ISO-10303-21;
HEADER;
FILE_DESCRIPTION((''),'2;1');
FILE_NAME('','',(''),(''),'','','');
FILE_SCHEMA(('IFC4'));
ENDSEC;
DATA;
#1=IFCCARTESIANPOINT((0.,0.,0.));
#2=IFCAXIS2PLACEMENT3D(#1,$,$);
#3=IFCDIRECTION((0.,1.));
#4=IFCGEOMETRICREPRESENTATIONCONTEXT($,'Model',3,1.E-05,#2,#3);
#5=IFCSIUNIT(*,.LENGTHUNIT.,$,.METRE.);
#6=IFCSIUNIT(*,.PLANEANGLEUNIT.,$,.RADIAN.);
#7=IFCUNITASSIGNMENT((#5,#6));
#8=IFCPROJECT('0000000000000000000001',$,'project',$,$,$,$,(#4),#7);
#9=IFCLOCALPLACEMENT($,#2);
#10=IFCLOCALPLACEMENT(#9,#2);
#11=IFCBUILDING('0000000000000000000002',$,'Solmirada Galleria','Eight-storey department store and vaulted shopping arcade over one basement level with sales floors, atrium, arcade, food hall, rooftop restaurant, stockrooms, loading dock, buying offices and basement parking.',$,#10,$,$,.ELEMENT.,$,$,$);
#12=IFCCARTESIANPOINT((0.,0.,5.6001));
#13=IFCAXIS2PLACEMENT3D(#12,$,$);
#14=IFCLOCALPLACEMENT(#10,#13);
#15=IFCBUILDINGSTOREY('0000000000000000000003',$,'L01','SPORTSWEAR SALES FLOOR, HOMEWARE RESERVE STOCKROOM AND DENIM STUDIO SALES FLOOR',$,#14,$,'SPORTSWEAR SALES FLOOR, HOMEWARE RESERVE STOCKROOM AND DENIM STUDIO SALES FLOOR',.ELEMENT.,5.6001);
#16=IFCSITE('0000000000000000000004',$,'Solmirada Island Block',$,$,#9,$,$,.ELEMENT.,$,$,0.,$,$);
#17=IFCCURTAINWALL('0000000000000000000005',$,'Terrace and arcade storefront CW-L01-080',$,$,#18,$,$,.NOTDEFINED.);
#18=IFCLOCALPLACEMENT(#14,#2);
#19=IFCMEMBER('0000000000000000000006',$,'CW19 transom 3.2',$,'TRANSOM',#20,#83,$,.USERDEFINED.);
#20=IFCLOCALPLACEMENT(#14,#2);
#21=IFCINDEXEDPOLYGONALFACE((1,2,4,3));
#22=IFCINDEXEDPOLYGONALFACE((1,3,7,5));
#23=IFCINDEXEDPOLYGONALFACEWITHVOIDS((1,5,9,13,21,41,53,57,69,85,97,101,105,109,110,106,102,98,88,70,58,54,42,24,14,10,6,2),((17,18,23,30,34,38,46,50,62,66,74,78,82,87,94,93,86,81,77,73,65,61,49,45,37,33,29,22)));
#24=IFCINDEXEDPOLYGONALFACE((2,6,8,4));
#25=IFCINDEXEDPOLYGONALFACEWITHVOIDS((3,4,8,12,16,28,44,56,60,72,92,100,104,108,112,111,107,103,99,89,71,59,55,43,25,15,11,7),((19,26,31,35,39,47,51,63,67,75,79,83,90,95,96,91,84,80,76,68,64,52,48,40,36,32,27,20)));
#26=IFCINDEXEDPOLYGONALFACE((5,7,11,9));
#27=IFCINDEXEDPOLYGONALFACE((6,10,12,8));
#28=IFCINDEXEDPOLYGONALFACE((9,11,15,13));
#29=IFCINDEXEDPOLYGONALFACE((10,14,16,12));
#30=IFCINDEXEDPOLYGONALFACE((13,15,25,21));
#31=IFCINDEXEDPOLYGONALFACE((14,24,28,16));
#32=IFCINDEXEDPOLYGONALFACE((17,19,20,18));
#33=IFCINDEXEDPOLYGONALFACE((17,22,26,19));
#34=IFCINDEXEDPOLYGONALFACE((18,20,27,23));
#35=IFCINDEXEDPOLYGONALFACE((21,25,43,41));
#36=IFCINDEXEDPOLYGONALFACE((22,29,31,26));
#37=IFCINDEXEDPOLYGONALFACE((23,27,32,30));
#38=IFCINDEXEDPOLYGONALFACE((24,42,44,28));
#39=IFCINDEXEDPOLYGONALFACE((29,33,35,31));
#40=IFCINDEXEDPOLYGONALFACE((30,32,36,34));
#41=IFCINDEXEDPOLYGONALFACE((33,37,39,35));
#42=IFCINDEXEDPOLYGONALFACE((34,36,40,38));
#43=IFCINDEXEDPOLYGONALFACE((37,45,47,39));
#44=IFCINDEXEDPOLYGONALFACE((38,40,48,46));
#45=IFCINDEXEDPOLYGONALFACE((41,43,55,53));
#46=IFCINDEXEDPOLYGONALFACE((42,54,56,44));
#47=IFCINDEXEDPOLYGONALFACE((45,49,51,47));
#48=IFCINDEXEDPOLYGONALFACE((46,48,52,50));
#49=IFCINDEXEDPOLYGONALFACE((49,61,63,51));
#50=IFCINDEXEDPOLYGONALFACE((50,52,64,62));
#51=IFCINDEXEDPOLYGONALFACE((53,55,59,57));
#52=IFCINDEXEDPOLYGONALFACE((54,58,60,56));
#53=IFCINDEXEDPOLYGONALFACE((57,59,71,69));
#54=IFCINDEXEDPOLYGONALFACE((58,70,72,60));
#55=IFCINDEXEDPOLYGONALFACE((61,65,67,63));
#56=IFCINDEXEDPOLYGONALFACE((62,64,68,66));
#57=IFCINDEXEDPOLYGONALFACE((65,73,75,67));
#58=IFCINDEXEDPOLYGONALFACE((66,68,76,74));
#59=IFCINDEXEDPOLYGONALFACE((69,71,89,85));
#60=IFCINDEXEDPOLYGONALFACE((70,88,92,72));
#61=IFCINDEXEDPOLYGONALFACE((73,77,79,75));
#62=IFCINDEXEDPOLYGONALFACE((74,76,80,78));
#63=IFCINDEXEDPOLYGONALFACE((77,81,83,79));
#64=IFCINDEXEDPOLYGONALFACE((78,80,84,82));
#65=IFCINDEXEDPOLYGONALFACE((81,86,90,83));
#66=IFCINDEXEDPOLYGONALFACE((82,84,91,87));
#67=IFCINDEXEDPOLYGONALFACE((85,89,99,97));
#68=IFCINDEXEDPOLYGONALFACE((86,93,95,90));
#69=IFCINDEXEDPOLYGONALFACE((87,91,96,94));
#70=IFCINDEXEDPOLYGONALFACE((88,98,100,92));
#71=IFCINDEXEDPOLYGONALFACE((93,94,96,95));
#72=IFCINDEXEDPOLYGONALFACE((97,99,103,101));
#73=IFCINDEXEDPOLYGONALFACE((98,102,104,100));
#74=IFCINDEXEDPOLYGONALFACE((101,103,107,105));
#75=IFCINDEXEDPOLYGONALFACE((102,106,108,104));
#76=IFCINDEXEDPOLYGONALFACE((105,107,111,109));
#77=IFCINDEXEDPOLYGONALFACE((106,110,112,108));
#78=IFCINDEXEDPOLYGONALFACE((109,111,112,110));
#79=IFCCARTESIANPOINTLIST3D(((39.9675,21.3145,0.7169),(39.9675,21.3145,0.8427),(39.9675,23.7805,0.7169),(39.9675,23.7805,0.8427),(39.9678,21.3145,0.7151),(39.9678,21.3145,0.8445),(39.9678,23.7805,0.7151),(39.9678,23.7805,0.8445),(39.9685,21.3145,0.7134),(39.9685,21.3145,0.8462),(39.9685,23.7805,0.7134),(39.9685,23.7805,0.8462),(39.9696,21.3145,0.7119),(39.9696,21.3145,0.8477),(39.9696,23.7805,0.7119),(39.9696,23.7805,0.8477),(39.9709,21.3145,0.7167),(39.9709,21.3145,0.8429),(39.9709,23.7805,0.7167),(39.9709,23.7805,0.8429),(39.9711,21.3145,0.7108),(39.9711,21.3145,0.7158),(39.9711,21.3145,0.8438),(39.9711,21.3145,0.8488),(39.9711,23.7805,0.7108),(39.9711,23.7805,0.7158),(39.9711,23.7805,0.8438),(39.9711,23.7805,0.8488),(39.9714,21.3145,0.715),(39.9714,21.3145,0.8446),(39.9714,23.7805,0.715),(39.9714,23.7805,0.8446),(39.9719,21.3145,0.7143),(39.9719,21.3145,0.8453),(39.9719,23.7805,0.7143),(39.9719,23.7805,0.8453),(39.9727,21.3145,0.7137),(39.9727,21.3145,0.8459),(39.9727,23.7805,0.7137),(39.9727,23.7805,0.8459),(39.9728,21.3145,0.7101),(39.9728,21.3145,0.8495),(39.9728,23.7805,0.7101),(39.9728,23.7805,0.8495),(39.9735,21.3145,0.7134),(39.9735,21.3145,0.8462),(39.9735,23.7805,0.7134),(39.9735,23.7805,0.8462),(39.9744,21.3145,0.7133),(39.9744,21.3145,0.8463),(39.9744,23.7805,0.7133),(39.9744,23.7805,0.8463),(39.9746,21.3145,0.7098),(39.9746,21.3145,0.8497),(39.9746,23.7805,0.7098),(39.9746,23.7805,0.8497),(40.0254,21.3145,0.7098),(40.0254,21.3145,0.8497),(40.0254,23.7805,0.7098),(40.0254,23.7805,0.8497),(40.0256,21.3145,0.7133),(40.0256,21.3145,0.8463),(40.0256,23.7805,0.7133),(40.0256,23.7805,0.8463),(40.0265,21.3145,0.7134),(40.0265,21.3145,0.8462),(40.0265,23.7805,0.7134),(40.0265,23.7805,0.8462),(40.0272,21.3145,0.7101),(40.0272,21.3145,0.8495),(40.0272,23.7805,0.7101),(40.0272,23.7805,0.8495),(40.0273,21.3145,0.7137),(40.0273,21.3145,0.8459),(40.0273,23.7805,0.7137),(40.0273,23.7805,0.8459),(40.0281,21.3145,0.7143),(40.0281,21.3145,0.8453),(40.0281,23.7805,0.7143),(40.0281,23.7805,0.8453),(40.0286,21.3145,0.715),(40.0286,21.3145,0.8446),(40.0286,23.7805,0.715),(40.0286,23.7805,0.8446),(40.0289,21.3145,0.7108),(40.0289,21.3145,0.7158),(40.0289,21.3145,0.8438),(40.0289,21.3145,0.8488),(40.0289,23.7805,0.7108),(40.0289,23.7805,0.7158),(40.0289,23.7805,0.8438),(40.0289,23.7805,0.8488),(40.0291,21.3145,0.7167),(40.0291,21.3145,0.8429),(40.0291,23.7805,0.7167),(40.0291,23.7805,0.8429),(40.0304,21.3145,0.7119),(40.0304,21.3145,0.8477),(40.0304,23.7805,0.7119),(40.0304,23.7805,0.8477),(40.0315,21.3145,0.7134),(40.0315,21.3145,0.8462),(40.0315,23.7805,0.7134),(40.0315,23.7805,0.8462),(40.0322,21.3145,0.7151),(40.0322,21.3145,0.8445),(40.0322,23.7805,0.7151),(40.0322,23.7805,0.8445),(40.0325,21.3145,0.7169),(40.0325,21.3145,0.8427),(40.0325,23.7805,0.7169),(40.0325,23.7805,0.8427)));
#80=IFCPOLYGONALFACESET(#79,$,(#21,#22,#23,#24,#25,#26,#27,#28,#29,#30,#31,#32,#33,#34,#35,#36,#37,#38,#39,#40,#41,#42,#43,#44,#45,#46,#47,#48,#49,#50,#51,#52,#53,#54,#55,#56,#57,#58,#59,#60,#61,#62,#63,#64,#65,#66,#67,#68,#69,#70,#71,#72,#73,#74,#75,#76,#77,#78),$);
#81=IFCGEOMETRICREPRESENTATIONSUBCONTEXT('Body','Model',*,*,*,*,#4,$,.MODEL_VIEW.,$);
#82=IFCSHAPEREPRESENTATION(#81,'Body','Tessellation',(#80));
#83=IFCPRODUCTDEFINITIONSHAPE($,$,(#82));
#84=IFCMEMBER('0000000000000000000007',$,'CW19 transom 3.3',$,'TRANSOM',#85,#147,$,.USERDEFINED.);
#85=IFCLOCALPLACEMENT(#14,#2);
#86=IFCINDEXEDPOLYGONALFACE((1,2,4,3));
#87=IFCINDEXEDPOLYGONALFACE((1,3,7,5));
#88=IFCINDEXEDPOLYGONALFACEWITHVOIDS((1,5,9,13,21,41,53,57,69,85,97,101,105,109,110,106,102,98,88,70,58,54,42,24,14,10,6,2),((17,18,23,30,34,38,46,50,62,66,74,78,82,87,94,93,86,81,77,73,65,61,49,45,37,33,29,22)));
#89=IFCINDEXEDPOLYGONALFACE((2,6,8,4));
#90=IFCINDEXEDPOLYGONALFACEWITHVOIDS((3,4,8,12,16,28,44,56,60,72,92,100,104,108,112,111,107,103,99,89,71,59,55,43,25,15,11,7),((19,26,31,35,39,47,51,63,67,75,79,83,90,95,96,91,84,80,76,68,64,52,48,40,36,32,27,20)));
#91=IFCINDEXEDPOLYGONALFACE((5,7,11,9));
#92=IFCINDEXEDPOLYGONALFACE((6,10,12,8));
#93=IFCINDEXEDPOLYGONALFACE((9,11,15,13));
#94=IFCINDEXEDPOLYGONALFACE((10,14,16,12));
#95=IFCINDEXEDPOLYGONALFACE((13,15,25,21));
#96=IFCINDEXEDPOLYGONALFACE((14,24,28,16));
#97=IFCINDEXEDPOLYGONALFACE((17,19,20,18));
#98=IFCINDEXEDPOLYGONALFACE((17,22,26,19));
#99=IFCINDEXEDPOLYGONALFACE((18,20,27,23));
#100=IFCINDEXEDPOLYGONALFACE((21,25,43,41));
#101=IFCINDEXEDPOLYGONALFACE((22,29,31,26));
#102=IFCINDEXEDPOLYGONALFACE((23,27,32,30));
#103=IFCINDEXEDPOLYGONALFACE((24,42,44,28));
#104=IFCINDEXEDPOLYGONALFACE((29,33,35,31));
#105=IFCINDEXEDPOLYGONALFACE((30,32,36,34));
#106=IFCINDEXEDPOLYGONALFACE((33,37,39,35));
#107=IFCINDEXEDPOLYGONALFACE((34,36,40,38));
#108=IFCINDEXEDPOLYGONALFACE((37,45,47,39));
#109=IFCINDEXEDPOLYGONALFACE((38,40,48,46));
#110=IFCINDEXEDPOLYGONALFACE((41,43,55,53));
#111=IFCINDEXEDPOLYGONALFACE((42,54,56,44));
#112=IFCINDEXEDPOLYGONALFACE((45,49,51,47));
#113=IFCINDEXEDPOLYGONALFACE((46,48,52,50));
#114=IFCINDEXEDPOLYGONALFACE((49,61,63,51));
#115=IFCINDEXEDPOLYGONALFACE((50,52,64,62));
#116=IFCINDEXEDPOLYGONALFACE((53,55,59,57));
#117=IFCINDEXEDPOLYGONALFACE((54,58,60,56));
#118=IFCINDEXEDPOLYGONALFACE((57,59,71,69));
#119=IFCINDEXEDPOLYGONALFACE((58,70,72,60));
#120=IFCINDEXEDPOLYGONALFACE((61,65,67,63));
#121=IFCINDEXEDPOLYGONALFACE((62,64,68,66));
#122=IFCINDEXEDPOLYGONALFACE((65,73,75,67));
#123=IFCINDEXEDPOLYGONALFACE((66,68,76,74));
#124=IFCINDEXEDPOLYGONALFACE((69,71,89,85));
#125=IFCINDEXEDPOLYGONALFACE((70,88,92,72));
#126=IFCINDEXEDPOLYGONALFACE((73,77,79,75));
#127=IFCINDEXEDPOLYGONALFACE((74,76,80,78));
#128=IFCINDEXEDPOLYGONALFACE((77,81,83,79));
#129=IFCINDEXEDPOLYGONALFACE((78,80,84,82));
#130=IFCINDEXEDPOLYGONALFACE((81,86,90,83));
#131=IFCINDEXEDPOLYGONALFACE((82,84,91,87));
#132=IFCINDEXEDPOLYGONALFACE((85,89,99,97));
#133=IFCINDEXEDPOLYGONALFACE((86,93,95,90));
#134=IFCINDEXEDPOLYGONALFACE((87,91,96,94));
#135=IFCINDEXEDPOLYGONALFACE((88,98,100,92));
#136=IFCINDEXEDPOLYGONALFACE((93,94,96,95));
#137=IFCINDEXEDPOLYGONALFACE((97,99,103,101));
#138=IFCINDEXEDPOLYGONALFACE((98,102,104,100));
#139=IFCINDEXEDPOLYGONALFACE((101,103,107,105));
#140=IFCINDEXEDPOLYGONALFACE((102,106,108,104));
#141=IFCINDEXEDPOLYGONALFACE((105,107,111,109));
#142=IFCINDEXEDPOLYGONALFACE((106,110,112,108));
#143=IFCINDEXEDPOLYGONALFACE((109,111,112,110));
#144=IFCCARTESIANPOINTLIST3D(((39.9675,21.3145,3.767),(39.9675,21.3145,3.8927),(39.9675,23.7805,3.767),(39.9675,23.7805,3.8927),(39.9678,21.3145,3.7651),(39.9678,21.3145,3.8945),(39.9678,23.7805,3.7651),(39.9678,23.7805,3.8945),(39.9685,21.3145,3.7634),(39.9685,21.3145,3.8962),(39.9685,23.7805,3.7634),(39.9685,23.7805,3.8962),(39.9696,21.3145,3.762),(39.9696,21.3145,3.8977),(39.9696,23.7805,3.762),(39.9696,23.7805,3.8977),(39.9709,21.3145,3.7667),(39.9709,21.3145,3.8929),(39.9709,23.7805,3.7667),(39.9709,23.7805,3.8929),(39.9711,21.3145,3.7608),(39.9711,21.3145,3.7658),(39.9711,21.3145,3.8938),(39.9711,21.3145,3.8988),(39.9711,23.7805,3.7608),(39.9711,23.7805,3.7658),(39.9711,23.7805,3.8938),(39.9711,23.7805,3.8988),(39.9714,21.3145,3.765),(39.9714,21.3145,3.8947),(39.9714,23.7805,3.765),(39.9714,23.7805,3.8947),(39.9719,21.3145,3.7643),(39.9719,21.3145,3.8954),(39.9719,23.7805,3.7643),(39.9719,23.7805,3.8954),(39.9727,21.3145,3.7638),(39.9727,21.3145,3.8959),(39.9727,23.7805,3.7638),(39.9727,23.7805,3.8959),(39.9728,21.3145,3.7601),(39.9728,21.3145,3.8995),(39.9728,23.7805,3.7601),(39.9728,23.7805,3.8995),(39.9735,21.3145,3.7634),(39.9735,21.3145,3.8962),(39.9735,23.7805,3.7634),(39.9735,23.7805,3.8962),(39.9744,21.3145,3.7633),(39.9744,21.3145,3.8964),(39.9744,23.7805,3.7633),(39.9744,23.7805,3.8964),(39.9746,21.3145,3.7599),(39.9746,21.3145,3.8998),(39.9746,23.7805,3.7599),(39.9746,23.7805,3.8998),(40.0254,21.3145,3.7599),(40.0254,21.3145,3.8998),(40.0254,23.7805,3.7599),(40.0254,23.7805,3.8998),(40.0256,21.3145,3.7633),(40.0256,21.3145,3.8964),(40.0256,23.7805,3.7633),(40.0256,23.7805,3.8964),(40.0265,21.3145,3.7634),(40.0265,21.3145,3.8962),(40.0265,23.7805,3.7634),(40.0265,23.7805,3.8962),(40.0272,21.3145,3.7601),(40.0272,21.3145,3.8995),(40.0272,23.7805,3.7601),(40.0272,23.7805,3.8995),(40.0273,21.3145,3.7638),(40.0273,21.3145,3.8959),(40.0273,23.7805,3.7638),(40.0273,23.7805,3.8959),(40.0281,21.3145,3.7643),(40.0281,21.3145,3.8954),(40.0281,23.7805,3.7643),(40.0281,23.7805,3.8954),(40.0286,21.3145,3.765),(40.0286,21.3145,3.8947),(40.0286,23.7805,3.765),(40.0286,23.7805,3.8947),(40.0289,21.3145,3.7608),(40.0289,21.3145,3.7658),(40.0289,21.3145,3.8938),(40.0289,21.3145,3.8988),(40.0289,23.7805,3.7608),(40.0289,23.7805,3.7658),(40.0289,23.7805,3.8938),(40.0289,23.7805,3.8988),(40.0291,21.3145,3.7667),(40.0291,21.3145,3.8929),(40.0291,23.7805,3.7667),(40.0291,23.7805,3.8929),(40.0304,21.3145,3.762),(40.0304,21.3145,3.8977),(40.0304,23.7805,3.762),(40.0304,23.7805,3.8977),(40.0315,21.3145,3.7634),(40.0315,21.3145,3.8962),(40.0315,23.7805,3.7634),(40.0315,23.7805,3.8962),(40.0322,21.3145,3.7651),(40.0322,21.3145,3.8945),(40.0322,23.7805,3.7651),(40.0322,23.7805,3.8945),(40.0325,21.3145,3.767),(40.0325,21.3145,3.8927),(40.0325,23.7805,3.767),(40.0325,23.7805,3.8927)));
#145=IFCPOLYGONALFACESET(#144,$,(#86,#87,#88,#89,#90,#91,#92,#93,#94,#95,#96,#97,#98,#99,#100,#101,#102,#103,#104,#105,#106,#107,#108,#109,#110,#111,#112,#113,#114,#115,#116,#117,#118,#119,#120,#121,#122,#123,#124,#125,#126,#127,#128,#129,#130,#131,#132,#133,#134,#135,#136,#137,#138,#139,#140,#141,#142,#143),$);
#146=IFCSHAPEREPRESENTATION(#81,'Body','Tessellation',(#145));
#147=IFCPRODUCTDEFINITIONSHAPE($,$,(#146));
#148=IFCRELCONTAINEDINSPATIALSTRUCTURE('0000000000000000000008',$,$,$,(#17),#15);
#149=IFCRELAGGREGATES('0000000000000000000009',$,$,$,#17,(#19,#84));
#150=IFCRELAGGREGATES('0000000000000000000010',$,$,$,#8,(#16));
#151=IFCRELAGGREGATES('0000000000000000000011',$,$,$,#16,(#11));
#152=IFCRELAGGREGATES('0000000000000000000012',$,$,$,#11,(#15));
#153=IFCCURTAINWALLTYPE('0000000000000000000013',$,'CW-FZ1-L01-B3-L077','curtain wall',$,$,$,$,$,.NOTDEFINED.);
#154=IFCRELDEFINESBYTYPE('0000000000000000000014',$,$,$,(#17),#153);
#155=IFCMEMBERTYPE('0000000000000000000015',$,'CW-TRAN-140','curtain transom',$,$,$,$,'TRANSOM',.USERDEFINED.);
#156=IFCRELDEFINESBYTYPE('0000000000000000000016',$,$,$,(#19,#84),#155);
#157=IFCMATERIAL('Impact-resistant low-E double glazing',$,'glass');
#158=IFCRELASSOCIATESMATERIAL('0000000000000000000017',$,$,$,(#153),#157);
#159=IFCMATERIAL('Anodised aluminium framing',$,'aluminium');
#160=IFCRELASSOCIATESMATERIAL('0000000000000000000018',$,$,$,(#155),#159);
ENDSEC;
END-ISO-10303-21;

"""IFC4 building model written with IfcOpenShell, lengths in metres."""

from ifc_helpers import new_model, si_unit, direction, frame, origin, origin_2d, place, context, subcontext, project, spatial, hollow_rectangle, extrude, material, material_profile, profile_set, type_object, element, aggregate, save


model = new_model("IFC4")

# Units and contexts
model_context = context("Model", 3, precision=1e-05, world=origin(), true_north=direction((0.0, 1.0)))
body_context = subcontext(model_context, "Body", "Model", "MODEL_VIEW")
ifc_project = project(units=[si_unit("LENGTHUNIT", "METRE"), si_unit("PLANEANGLEUNIT", "RADIAN")], contexts=[model_context])

# Site, building, storey
site_placement = place(None, origin())
site = spatial("IfcSite", under=ifc_project, at=site_placement, Name="Solmirada Island Block", CompositionType="ELEMENT", RefElevation=0.0)
building_placement = place(site_placement, origin())
building = spatial("IfcBuilding", under=site, at=building_placement, Name="Solmirada Galleria", Description="Eight-storey department store and vaulted shopping arcade over one basement level with sales floors, atrium, arcade, food hall, rooftop restaurant, stockrooms, loading dock, buying offices and basement parking.", CompositionType="ELEMENT")
storey_placement = place(building_placement, frame((0.0, 0.0, 5.6001)))
storey = spatial("IfcBuildingStorey", under=building, at=storey_placement, Name="L01", Description="SPORTSWEAR SALES FLOOR, HOMEWARE RESERVE STOCKROOM AND DENIM STUDIO SALES FLOOR", LongName="SPORTSWEAR SALES FLOOR, HOMEWARE RESERVE STOCKROOM AND DENIM STUDIO SALES FLOOR", CompositionType="ELEMENT", Elevation=5.6001)

# Curtain wall
ifc_material_1 = material(Name="Impact-resistant low-E double glazing", Category="glass")
curtain_wall_type_1 = type_object("IfcCurtainWallType", Name="CW-FZ1-L01-B3-L077", Description="curtain wall", PredefinedType="NOTDEFINED", material=ifc_material_1)
curtain_wall_1_placement = place(storey_placement, origin())
curtain_wall_1 = element("IfcCurtainWall", 1, at=curtain_wall_1_placement, inside=storey, type_object=curtain_wall_type_1, Name="Terrace and arcade storefront CW-L01-080", PredefinedType="NOTDEFINED")
ifc_material_2 = material(Name="Anodised aluminium framing", Category="aluminium")

# Members
ifc_material_profile_1 = material_profile(ifc_material_2, hollow_rectangle(XDim=0.0649, YDim=0.1399, WallThickness=0.0034, InnerFilletRadius=0.0034, OuterFilletRadius=0.0071, at=origin_2d()), Name="ALU-TRAN-140X65")
ifc_profile_set_1 = profile_set([ifc_material_profile_1], Name="Anodised aluminium framing")
member_type_1 = type_object("IfcMemberType", Name="CW-TRAN-140", Description="curtain transom", ElementType="TRANSOM", PredefinedType="USERDEFINED", material=ifc_profile_set_1)
member_1_placement = place(storey_placement, frame((40.0, 21.3145, 0.7798), z_axis=(0.0, 1.0, 0.0), x_axis=(-1.0, 0.0, 0.0)))
member_1 = element("IfcMember", 2, at=member_1_placement, type_object=member_type_1, Name="CW19 transom 3.2", ObjectType="TRANSOM", PredefinedType="USERDEFINED", context=body_context, shape_type="SweptSolid", body=[
    extrude(hollow_rectangle(XDim=0.0649, YDim=0.1399, WallThickness=0.0034, InnerFilletRadius=0.0034, OuterFilletRadius=0.0071, at=origin_2d()), origin(), (0.0, 0.0, 1.0), 2.4661),
])
member_2_placement = place(storey_placement, frame((40.0, 21.3145, 3.8298), z_axis=(0.0, 1.0, 0.0), x_axis=(-1.0, 0.0, 0.0)))
member_2 = element("IfcMember", 3, at=member_2_placement, type_object=member_type_1, Name="CW19 transom 3.3", ObjectType="TRANSOM", PredefinedType="USERDEFINED", context=body_context, shape_type="SweptSolid", body=[
    extrude(hollow_rectangle(XDim=0.0649, YDim=0.1399, WallThickness=0.0034, InnerFilletRadius=0.0034, OuterFilletRadius=0.0071, at=origin_2d()), origin(), (0.0, 0.0, 1.0), 2.4661),
])

aggregate(curtain_wall_1, [member_1, member_2])

save(model, "model.ifc")
